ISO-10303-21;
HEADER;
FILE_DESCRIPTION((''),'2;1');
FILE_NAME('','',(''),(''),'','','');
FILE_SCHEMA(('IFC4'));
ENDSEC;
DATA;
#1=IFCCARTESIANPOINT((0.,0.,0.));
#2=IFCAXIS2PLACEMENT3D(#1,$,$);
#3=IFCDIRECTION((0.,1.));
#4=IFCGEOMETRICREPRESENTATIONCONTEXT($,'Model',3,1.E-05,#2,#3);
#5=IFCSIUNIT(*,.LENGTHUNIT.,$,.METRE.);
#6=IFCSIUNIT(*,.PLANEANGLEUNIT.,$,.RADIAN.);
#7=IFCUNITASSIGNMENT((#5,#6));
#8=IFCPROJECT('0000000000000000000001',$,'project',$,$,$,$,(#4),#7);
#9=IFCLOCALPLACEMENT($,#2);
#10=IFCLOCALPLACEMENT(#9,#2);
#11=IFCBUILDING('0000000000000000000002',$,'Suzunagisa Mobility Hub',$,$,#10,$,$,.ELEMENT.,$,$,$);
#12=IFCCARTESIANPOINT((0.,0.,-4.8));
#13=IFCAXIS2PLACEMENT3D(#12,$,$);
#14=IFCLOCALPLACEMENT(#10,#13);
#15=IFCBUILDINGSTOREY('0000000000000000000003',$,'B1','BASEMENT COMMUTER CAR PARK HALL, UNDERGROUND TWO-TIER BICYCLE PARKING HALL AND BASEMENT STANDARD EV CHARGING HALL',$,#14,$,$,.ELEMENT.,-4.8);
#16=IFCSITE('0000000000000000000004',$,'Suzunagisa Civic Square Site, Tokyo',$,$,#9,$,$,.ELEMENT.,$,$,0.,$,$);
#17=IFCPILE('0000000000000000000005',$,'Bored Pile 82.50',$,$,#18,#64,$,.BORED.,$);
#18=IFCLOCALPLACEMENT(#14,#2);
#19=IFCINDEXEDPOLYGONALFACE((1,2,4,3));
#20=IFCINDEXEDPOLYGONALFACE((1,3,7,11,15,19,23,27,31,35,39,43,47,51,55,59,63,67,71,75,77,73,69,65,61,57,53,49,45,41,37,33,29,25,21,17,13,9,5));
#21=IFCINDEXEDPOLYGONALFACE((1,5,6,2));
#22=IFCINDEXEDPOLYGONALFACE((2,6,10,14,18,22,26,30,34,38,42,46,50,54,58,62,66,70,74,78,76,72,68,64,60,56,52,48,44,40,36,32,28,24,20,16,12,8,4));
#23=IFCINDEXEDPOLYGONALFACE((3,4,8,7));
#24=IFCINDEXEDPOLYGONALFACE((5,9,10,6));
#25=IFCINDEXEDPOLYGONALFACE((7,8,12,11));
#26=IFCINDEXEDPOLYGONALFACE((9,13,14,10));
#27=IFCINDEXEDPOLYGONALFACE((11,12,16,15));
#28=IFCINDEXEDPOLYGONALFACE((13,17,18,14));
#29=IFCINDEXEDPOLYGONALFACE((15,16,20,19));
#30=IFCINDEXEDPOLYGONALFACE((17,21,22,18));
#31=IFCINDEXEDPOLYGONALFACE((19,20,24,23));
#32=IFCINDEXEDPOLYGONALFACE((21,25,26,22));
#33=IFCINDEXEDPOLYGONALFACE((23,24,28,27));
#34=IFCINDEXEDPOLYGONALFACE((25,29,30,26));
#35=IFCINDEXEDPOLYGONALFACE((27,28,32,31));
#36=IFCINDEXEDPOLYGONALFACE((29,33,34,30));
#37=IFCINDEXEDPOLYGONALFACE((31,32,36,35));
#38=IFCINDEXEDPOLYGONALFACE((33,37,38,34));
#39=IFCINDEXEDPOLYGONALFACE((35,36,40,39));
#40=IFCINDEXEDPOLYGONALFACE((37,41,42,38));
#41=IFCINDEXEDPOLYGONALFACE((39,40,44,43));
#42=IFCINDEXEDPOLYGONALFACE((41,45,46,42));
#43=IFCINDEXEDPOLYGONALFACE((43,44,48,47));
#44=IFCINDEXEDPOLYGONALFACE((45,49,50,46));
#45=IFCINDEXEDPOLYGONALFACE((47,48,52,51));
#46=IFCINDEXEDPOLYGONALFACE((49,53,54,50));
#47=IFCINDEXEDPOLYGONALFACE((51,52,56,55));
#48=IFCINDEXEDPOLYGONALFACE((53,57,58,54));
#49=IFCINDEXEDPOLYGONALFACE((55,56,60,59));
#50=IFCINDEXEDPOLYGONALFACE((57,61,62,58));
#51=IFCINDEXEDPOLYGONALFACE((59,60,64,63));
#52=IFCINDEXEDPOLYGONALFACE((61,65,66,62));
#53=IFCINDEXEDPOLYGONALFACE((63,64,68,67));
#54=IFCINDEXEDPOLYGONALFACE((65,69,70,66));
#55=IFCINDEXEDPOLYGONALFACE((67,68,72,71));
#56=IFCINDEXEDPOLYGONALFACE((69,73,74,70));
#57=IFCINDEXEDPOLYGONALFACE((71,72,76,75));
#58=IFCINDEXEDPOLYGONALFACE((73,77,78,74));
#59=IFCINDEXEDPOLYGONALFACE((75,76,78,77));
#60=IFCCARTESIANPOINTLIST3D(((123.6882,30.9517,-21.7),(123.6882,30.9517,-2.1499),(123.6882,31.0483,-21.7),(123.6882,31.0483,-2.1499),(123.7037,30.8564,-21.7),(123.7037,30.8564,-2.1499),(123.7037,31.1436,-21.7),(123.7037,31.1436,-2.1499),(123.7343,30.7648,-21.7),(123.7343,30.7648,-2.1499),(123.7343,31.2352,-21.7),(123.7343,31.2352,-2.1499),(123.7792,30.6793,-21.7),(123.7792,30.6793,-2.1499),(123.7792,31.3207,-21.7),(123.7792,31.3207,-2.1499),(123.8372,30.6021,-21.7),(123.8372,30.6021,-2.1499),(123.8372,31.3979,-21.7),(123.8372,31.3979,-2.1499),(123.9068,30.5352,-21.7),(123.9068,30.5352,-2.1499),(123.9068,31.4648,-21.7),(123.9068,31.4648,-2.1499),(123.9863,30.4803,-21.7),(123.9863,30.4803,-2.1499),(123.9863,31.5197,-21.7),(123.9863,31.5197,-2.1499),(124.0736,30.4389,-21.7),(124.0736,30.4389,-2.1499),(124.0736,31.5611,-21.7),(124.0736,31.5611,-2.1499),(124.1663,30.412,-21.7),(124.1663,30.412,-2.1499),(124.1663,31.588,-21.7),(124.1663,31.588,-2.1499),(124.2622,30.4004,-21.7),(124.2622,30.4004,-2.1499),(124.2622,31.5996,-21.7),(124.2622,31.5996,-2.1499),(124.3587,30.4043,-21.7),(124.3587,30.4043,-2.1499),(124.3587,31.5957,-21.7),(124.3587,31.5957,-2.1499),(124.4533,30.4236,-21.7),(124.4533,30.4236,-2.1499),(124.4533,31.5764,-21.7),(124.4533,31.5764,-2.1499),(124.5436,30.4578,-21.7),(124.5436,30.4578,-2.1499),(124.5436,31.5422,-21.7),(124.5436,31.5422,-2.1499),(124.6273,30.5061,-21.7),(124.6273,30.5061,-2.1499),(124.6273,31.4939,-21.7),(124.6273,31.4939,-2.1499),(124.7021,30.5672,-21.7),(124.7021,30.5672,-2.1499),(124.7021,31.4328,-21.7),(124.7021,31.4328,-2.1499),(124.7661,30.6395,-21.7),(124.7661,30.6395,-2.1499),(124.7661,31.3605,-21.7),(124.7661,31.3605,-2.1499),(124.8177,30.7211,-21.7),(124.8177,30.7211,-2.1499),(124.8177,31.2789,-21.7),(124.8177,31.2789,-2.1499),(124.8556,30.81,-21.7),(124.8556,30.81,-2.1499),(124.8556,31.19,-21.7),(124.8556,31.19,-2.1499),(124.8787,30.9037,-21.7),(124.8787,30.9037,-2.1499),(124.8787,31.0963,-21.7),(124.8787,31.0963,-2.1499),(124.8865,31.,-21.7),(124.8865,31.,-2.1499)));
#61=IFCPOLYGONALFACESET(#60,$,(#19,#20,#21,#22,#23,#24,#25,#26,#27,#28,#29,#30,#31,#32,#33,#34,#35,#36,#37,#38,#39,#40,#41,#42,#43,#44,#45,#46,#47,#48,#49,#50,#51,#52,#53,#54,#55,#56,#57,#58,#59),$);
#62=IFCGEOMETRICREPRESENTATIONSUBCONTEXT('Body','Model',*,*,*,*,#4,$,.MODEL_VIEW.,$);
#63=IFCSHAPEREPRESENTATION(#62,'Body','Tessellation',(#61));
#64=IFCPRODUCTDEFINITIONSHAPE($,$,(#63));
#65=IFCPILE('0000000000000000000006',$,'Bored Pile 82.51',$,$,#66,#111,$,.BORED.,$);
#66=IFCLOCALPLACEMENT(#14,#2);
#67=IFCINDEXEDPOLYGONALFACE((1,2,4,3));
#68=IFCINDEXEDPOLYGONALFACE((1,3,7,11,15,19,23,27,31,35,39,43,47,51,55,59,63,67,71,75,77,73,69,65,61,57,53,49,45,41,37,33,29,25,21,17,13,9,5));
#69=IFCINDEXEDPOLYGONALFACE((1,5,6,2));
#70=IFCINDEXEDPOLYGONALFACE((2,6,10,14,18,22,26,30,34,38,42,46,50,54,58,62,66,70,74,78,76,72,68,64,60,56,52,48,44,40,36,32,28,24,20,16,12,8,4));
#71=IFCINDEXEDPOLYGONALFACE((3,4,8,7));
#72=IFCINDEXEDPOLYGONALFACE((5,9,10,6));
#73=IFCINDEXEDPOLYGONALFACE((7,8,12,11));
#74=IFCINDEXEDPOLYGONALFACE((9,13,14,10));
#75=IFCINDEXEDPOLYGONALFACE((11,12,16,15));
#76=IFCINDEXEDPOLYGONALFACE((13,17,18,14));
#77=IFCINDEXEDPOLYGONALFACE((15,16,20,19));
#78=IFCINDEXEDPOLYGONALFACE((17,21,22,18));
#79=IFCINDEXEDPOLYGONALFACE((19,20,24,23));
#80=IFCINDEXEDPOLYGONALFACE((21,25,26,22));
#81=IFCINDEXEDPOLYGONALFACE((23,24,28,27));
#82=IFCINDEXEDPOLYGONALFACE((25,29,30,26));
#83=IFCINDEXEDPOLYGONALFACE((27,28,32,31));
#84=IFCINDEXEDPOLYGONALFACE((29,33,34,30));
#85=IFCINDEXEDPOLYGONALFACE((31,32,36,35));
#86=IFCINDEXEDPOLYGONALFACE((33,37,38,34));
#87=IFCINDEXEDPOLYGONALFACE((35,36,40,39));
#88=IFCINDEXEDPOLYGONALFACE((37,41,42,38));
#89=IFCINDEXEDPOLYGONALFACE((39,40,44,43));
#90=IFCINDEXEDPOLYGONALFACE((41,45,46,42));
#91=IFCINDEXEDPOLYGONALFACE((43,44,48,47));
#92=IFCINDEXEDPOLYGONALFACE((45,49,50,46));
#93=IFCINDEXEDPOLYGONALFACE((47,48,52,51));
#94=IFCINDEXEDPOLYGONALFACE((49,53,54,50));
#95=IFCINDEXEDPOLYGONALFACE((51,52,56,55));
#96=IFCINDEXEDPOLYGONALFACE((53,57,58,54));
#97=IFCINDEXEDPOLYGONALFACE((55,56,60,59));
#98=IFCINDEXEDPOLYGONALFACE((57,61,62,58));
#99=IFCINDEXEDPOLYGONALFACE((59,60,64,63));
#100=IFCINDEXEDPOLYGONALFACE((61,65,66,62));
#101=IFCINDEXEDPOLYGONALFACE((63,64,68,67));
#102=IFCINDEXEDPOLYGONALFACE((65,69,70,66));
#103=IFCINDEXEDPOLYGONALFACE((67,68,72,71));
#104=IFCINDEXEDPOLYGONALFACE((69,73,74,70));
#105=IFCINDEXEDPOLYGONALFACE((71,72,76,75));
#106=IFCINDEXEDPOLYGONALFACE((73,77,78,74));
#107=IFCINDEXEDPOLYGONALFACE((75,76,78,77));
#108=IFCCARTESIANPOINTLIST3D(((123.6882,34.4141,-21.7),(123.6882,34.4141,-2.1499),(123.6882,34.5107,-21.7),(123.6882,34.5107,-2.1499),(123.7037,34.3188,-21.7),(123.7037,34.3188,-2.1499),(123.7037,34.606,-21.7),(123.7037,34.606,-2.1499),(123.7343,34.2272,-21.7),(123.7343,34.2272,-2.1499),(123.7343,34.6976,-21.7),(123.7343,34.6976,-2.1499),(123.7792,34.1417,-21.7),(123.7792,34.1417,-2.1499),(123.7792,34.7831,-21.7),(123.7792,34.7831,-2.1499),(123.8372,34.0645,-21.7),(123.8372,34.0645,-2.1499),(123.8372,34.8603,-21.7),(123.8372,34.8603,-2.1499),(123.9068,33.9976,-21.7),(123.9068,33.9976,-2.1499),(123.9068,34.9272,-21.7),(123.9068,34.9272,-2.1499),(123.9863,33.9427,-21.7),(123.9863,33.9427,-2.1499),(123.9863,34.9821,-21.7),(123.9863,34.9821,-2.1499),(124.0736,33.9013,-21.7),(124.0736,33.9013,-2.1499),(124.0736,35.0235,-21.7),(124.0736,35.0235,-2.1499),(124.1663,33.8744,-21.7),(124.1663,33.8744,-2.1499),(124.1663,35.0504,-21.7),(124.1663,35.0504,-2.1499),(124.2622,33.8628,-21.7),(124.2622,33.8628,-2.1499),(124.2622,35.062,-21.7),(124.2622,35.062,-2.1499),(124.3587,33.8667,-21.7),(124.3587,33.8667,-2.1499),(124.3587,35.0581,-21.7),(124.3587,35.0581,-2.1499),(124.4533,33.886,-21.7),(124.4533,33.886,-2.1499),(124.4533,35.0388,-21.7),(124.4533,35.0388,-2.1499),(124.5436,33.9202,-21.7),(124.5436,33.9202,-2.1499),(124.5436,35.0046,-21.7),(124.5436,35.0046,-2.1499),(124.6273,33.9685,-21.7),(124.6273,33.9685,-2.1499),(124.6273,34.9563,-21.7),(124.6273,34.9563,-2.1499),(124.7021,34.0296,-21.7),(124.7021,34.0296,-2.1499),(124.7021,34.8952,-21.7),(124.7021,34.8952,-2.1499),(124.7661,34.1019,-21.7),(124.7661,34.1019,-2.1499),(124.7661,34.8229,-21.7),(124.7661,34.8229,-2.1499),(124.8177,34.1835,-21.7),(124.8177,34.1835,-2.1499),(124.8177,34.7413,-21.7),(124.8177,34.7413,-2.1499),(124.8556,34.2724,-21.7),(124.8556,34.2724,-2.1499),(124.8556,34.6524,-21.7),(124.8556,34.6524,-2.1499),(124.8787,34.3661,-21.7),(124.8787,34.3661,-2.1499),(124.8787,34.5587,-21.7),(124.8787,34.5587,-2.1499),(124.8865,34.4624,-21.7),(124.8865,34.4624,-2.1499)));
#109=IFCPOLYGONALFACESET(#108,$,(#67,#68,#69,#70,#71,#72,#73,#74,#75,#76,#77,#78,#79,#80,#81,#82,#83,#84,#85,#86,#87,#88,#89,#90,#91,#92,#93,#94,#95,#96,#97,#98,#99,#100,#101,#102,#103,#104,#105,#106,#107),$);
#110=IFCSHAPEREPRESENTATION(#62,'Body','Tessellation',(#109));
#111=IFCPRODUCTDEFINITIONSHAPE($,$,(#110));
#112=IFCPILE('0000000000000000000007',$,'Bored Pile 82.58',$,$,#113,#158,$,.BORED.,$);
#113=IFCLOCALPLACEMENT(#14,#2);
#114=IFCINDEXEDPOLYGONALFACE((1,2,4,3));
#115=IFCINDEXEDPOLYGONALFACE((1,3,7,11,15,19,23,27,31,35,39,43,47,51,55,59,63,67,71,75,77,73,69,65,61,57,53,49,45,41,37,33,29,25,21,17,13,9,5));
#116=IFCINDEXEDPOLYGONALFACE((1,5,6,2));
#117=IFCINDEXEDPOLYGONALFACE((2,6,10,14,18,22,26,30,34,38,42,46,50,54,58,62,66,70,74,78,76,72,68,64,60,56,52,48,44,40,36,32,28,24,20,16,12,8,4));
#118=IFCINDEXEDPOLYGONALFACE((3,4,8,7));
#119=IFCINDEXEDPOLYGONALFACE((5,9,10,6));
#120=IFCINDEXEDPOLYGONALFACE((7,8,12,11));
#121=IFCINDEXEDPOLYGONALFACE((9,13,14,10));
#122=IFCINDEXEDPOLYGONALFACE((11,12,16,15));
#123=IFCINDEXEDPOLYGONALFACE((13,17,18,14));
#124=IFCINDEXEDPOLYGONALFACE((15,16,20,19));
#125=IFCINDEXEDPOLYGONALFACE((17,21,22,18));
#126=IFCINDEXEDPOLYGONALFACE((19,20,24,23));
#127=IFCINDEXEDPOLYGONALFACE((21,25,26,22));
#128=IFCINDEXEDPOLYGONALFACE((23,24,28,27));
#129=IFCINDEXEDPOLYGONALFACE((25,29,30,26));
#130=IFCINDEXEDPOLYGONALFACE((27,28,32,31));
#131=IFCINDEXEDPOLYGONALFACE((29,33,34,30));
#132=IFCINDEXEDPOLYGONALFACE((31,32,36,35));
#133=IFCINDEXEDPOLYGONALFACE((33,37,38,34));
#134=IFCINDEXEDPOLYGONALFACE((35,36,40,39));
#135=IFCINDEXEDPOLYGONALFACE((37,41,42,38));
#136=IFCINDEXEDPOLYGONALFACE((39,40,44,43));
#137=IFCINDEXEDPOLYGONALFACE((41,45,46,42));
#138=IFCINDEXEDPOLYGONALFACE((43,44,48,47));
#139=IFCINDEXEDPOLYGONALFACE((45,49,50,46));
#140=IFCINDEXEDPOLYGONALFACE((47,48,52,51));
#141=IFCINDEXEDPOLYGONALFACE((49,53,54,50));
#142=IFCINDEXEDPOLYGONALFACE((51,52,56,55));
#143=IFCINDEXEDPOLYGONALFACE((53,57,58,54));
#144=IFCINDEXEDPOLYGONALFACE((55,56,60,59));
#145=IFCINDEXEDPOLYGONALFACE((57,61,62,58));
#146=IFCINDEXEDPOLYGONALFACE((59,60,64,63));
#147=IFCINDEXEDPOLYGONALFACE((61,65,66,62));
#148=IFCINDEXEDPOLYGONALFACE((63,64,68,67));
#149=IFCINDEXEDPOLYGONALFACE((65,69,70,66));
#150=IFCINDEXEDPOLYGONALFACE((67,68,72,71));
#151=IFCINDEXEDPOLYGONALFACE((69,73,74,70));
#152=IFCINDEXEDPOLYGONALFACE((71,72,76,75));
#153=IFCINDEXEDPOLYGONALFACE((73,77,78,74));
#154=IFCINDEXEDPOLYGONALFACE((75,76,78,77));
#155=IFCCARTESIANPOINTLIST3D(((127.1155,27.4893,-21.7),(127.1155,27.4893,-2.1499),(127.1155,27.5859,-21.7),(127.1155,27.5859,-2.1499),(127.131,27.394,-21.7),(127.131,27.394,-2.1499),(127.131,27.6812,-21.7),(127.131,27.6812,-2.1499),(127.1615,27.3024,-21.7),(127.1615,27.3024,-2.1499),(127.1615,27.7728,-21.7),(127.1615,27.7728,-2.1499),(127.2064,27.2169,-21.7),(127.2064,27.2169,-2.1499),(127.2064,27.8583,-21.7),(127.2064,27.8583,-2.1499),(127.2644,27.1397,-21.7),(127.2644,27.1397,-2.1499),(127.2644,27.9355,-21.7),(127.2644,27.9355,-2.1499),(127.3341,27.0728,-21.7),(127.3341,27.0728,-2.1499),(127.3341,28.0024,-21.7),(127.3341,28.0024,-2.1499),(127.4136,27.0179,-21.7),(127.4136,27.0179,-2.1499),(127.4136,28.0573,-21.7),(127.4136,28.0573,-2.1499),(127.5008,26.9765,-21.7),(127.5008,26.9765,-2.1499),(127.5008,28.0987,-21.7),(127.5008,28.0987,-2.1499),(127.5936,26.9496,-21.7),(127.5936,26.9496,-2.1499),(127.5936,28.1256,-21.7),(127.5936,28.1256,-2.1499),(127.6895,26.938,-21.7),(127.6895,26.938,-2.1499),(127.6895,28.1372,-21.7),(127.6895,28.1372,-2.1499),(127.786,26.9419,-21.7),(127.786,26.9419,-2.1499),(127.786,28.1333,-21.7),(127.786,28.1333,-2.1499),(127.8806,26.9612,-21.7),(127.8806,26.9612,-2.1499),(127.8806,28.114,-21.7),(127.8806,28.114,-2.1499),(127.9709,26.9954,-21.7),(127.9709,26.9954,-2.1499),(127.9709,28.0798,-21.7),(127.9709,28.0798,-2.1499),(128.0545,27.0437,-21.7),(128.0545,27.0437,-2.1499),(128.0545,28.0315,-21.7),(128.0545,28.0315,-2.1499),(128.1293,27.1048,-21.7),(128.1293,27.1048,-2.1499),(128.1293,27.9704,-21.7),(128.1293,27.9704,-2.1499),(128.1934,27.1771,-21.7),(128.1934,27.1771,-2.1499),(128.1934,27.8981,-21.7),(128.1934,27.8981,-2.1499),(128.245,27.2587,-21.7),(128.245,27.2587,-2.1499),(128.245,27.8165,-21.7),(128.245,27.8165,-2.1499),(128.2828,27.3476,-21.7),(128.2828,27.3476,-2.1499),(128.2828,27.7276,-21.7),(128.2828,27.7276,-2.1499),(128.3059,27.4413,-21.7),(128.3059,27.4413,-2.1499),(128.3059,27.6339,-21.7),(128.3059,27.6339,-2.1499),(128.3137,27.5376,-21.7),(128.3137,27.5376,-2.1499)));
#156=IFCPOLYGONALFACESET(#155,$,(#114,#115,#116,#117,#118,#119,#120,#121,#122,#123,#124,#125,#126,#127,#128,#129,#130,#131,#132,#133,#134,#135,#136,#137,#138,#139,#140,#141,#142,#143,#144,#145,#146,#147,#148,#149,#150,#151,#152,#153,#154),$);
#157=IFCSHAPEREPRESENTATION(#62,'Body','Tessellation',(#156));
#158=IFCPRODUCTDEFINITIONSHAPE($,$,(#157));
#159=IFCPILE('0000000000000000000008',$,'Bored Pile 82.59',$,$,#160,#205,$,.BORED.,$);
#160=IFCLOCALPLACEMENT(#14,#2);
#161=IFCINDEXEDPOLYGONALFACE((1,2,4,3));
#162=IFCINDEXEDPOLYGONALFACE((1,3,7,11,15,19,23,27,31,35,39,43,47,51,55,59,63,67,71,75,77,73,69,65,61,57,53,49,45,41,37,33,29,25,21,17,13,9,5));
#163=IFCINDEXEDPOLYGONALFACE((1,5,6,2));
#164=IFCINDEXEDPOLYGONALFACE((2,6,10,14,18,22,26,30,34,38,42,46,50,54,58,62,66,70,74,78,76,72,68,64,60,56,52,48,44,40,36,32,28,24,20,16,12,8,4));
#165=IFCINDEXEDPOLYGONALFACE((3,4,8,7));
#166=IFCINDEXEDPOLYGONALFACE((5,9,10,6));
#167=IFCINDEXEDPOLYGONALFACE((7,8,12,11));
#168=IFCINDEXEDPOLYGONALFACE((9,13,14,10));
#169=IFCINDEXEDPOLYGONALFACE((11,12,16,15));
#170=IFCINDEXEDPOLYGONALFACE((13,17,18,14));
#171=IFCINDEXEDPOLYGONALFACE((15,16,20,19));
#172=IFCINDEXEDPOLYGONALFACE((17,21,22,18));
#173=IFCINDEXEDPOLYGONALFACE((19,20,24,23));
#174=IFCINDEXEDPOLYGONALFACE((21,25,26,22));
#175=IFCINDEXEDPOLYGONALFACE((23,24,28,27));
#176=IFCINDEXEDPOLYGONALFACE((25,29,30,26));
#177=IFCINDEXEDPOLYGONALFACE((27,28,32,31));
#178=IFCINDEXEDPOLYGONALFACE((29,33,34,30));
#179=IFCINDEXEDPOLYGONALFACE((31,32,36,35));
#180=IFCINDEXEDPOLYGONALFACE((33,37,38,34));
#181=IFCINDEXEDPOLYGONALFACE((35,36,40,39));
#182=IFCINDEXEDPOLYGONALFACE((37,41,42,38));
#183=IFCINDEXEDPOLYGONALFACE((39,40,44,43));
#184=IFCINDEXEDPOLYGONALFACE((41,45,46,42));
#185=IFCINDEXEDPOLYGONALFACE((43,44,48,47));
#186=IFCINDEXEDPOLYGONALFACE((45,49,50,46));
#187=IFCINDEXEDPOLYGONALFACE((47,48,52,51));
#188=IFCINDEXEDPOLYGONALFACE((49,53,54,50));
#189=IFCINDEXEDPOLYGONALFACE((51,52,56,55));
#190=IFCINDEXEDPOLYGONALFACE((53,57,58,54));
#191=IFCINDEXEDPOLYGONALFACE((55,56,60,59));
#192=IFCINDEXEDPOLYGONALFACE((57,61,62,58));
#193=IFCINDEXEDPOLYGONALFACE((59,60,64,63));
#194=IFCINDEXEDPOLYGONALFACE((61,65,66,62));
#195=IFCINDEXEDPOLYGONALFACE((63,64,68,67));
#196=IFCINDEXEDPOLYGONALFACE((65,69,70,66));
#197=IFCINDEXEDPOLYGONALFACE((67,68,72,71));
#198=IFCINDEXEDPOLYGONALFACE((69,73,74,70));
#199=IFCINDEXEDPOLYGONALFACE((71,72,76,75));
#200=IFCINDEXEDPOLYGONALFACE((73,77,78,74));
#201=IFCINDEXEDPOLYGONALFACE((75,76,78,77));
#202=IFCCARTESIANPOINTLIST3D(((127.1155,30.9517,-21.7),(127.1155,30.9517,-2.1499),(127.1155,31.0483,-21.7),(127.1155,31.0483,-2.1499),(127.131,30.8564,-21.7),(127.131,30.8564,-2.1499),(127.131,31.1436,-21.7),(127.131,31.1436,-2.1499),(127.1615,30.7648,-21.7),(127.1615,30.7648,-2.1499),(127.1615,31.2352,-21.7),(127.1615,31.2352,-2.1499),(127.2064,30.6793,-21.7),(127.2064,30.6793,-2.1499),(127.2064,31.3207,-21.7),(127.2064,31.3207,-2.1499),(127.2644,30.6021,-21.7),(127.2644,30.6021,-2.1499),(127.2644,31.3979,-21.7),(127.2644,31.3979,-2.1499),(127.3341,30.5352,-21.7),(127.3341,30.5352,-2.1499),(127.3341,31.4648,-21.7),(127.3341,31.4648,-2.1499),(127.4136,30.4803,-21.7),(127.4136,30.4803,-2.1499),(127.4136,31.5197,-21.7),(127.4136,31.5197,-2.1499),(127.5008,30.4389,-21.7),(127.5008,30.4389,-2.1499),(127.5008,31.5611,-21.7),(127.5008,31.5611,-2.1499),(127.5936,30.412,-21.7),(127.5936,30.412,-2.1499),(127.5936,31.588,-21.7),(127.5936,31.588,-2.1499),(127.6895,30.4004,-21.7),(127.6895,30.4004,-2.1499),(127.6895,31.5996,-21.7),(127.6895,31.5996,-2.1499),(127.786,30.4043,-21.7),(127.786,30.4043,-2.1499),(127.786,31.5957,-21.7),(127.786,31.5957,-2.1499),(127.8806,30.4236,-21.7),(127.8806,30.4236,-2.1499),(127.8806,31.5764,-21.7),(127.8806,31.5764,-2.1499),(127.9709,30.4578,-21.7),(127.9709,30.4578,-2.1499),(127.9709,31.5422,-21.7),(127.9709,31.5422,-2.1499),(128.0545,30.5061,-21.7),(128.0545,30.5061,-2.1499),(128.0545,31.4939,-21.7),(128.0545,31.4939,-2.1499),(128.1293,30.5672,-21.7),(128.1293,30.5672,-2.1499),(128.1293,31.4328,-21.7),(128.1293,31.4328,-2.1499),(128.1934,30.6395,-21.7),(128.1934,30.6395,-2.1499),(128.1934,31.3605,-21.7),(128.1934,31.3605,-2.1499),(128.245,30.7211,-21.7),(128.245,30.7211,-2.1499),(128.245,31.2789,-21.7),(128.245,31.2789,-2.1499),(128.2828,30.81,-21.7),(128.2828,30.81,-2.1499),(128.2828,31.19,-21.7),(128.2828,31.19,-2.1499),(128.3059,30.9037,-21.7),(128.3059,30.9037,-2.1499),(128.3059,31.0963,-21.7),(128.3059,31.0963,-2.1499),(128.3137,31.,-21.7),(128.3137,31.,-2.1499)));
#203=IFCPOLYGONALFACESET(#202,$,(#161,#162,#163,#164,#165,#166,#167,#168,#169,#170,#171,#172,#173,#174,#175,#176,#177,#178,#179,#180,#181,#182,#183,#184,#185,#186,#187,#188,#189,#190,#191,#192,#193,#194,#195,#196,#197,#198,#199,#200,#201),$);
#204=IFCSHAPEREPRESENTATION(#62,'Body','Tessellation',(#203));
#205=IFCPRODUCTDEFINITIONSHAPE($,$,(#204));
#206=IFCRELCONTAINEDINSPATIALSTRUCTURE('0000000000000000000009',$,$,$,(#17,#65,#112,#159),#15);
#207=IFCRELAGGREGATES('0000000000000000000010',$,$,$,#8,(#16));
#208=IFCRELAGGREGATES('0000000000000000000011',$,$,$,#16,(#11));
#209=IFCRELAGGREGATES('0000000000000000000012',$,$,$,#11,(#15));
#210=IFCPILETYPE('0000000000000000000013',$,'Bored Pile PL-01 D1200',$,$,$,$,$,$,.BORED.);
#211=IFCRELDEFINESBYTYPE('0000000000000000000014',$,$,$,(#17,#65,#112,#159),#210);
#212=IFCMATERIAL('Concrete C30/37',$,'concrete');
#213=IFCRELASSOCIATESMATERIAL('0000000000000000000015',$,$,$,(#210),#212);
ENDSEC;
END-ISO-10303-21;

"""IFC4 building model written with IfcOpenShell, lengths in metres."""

from ifc_helpers import new_model, si_unit, direction, frame, origin, origin_2d, place, context, subcontext, project, spatial, circle, extrude, material, material_profile, profile_set, type_object, element, save


model = new_model("IFC4")

# Units and contexts
model_context = context("Model", 3, precision=1e-05, world=origin(), true_north=direction((0.0, 1.0)))
body_context = subcontext(model_context, "Body", "Model", "MODEL_VIEW")
ifc_project = project(units=[si_unit("LENGTHUNIT", "METRE"), si_unit("PLANEANGLEUNIT", "RADIAN")], contexts=[model_context])

# Site, building, storey
site_placement = place(None, origin())
site = spatial("IfcSite", under=ifc_project, at=site_placement, Name="Suzunagisa Civic Square Site, Tokyo", CompositionType="ELEMENT", RefElevation=0.0)
building_placement = place(site_placement, origin())
building = spatial("IfcBuilding", under=site, at=building_placement, Name="Suzunagisa Mobility Hub", CompositionType="ELEMENT")
storey_placement = place(building_placement, frame((0.0, 0.0, -4.8)))
storey = spatial("IfcBuildingStorey", under=building, at=storey_placement, Name="B1", Description="BASEMENT COMMUTER CAR PARK HALL, UNDERGROUND TWO-TIER BICYCLE PARKING HALL AND BASEMENT STANDARD EV CHARGING HALL", CompositionType="ELEMENT", Elevation=-4.8)

# Piles
ifc_material_1 = material(Name="Concrete C30/37", Category="concrete")
ifc_material_profile_1 = material_profile(ifc_material_1, circle(Radius=0.6001, at=origin_2d()), Name="BORED PILE D1200")
ifc_profile_set_1 = profile_set([ifc_material_profile_1], Name="Concrete C30/37")
pile_type = type_object("IfcPileType", Name="Bored Pile PL-01 D1200", PredefinedType="BORED", material=ifc_profile_set_1)
for number, where, z_axis, x_axis, name in (
    (1, (124.2864, 31.0, -2.1499), (0.0, 0.0, -1.0), (1.0, 0.0, 0.0), "Bored Pile 82.50"),
    (2, (124.2864, 34.4624, -2.1499), (0.0, 0.0, -1.0), (1.0, 0.0, 0.0), "Bored Pile 82.51"),
    (3, (127.7136, 27.5376, -2.1499), (0.0, 0.0, -1.0), (1.0, 0.0, 0.0), "Bored Pile 82.58"),
    (4, (127.7136, 31.0, -2.1499), (0.0, 0.0, -1.0), (1.0, 0.0, 0.0), "Bored Pile 82.59"),
):
    element("IfcPile", number, at=place(storey_placement, frame(where, z_axis=z_axis, x_axis=x_axis)), inside=storey, type_object=pile_type, Name=name, PredefinedType="BORED", context=body_context, shape_type="SweptSolid", body=[
        extrude(circle(Radius=0.6001, at=origin_2d()), origin(), (0.0, 0.0, 1.0), 19.55),
    ])

save(model, "model.ifc")
